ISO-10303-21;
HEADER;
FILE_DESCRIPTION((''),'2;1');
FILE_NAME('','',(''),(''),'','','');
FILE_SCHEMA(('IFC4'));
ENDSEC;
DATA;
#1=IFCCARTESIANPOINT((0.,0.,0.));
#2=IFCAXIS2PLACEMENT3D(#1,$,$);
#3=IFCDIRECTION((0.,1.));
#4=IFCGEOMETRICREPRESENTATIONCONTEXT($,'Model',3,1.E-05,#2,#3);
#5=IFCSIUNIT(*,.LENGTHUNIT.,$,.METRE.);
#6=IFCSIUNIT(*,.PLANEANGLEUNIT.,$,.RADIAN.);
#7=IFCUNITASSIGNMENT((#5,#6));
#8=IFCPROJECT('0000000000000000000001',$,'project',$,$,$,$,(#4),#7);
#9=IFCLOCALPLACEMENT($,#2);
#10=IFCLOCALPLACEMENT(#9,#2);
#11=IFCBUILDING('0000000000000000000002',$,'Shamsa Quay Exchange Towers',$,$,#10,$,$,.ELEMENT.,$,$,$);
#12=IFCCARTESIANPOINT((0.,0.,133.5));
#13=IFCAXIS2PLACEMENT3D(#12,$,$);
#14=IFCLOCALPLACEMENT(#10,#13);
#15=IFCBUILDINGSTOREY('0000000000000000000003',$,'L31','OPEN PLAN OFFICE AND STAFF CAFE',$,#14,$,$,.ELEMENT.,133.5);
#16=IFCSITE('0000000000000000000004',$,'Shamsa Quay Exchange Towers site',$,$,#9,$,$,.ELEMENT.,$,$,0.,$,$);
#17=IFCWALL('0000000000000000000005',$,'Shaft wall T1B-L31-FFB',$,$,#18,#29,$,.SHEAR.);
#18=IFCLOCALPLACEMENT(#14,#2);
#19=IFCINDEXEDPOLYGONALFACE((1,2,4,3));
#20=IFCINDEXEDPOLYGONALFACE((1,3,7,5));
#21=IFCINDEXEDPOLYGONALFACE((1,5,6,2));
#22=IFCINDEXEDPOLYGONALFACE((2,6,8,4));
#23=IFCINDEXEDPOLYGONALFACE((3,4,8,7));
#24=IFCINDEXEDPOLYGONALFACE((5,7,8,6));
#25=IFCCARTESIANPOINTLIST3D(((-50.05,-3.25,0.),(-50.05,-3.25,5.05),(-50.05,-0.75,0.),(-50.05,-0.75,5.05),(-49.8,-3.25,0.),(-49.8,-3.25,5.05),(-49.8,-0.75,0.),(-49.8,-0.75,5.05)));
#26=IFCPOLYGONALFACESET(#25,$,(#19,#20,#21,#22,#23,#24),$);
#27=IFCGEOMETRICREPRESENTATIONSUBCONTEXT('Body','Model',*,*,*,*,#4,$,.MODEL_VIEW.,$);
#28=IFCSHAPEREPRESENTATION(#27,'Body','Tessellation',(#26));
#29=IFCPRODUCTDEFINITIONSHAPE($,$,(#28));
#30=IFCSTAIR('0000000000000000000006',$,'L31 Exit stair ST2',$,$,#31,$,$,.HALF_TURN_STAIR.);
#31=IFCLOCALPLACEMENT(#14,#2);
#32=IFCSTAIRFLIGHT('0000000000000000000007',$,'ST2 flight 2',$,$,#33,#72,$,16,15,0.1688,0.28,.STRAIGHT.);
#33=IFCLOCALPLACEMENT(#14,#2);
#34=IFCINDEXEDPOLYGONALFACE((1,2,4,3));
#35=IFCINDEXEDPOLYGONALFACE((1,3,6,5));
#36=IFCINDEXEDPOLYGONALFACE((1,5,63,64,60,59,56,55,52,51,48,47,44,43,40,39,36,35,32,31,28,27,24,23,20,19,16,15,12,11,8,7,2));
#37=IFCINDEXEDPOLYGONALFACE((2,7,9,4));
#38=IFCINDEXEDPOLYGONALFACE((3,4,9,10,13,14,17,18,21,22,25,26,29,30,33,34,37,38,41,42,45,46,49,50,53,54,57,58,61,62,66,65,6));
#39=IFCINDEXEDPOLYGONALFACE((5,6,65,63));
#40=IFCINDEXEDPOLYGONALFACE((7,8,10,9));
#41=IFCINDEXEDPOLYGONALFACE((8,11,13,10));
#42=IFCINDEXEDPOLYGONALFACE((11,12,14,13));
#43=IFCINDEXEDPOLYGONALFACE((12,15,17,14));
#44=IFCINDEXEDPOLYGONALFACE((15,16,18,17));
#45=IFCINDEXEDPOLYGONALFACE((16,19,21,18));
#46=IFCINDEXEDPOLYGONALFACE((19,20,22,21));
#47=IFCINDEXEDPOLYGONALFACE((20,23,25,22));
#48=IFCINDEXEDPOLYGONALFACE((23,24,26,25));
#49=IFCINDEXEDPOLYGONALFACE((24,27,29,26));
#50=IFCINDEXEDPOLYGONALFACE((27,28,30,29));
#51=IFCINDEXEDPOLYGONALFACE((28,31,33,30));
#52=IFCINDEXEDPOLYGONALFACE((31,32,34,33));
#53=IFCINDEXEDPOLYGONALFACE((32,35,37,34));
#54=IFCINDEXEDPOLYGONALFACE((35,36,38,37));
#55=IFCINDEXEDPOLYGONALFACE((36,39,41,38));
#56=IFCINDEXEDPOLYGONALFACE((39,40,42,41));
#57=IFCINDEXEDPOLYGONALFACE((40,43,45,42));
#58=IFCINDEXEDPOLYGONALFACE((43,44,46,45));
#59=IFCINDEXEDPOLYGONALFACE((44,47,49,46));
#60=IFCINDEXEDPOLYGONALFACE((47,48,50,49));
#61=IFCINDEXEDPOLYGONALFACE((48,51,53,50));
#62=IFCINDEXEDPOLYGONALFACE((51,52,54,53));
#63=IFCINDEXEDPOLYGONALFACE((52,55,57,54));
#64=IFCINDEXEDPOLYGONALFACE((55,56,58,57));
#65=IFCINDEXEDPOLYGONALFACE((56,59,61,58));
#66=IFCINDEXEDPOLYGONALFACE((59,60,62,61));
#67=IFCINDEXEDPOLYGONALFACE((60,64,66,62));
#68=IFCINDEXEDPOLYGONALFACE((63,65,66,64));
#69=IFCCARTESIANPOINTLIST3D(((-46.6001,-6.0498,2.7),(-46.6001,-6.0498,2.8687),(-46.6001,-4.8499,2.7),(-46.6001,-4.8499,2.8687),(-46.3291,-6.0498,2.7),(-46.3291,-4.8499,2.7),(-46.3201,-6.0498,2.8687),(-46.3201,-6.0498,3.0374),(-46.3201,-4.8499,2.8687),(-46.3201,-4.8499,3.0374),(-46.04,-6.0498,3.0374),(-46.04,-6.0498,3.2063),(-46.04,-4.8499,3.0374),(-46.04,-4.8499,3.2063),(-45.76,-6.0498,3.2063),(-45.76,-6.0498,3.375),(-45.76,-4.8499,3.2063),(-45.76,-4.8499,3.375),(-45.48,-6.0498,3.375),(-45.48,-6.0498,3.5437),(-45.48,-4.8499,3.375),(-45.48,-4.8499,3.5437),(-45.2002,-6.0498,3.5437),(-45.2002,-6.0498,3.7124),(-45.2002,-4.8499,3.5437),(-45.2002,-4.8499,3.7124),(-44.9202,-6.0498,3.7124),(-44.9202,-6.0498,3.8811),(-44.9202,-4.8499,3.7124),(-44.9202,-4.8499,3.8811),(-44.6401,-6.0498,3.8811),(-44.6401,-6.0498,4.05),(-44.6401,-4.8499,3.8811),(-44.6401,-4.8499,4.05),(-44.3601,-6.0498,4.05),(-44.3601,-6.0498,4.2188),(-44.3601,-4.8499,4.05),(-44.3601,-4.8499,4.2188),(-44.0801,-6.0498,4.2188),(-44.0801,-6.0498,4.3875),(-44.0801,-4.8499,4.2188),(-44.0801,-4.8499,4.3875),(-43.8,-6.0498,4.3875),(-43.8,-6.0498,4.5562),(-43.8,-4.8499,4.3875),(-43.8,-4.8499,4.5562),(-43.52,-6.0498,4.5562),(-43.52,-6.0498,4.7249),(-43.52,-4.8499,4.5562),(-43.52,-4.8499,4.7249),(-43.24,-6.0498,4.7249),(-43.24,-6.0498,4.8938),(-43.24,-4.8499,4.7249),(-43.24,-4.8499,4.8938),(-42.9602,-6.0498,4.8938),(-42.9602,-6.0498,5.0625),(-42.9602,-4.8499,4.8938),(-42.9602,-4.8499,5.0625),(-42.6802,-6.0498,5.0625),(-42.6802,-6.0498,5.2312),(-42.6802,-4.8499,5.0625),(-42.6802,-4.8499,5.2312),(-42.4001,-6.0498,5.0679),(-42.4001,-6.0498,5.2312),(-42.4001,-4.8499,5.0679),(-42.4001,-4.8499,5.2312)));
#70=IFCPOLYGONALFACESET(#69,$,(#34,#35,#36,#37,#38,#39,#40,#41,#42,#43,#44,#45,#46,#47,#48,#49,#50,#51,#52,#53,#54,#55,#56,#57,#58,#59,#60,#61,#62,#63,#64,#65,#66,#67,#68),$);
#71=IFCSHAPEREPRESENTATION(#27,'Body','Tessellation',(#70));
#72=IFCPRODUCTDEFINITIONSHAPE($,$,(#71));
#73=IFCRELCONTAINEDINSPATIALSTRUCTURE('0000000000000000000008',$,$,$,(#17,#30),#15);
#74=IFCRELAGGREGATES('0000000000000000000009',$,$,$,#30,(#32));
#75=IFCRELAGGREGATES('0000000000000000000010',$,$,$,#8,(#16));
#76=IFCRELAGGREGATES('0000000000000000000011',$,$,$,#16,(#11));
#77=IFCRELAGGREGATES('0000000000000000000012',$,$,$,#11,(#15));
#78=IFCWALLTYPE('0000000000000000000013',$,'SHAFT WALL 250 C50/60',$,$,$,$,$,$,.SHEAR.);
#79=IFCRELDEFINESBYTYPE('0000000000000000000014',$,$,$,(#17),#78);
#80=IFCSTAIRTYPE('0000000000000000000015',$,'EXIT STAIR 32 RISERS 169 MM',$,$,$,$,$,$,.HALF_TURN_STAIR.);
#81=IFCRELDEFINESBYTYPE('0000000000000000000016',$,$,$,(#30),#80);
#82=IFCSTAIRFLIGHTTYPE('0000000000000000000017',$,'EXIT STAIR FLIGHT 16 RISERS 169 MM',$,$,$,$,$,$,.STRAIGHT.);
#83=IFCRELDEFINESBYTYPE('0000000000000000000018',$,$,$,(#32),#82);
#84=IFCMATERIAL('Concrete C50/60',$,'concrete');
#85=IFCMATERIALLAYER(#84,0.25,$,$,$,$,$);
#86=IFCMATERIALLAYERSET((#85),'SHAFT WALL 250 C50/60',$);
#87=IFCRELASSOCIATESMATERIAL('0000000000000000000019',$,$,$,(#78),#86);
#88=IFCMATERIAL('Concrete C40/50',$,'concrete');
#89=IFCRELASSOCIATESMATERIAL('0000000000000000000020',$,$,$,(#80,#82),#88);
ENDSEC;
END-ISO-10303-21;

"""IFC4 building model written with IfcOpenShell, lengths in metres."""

from ifc_helpers import new_model, si_unit, direction, frame, frame_2d, origin, place, context, subcontext, project, spatial, polyline, rectangle, outline, extrude, material, layer, layer_set, type_object, element, aggregate, save


model = new_model("IFC4")

# Units and contexts
model_context = context("Model", 3, precision=1e-05, world=origin(), true_north=direction((0.0, 1.0)))
body_context = subcontext(model_context, "Body", "Model", "MODEL_VIEW")
ifc_project = project(units=[si_unit("LENGTHUNIT", "METRE"), si_unit("PLANEANGLEUNIT", "RADIAN")], contexts=[model_context])

# Site, building, storey
site_placement = place(None, origin())
site = spatial("IfcSite", under=ifc_project, at=site_placement, Name="Shamsa Quay Exchange Towers site", CompositionType="ELEMENT", RefElevation=0.0)
building_placement = place(site_placement, origin())
building = spatial("IfcBuilding", under=site, at=building_placement, Name="Shamsa Quay Exchange Towers", CompositionType="ELEMENT")
storey_placement = place(building_placement, frame((0.0, 0.0, 133.5)))
storey = spatial("IfcBuildingStorey", under=building, at=storey_placement, Name="L31", Description="OPEN PLAN OFFICE AND STAFF CAFE", CompositionType="ELEMENT", Elevation=133.5)

# Shared definitions
ifc_material_1 = material(Name="Concrete C50/60", Category="concrete")
ifc_layer_1 = layer(ifc_material_1, 0.25)
ifc_layer_set_1 = layer_set([ifc_layer_1], Name="SHAFT WALL 250 C50/60")
wall_type_1 = type_object("IfcWallType", Name="SHAFT WALL 250 C50/60", PredefinedType="SHEAR", material=ifc_layer_set_1)

# Wall
wall_1_placement = place(storey_placement, frame((-49.925, -3.25, 0.0), z_axis=(0.0, 0.0, 1.0), x_axis=(0.0, 1.0, 0.0)))
element("IfcWall", 1, at=wall_1_placement, inside=storey, type_object=wall_type_1, Name="Shaft wall T1B-L31-FFB", PredefinedType="SHEAR", context=body_context, shape_type="SweptSolid", body=[
    extrude(rectangle(XDim=2.5, YDim=0.25, at=frame_2d((1.25, 0.0))), origin(), (0.0, 0.0, 1.0), 5.05),
])

# Stair, stair flight
ifc_material_2 = material(Name="Concrete C40/50", Category="concrete")
stair_type = type_object("IfcStairType", Name="EXIT STAIR 32 RISERS 169 MM", PredefinedType="HALF_TURN_STAIR", material=ifc_material_2)
stair_placement = place(storey_placement, origin())
stair = element("IfcStair", 2, at=stair_placement, inside=storey, type_object=stair_type, Name="L31 Exit stair ST2", PredefinedType="HALF_TURN_STAIR")
stair_flight_type = type_object("IfcStairFlightType", Name="EXIT STAIR FLIGHT 16 RISERS 169 MM", PredefinedType="STRAIGHT", material=ifc_material_2)
stair_flight_placement = place(storey_placement, frame((-46.6001, -5.45, 2.7)))
stair_flight = element("IfcStairFlight", 3, at=stair_flight_placement, type_object=stair_flight_type, Name="ST2 flight 2", NumberOfRisers=16, NumberOfTreads=15, PredefinedType="STRAIGHT", RiserHeight=0.1688, TreadLength=0.28, context=body_context, shape_type="SweptSolid", body=[
    extrude(outline(polyline([(0.0, 0.0), (0.0, 0.1687), (0.28, 0.1687), (0.28, 0.3374), (0.5601, 0.3374), (0.5601, 0.5063), (0.8401, 0.5063), (0.8401, 0.675), (1.1201, 0.675), (1.1201, 0.8438), (1.3999, 0.8438), (1.3999, 1.0125), (1.6799, 1.0125), (1.6799, 1.1812), (1.96, 1.1812), (1.96, 1.3501), (2.24, 1.3501), (2.24, 1.5188), (2.52, 1.5188), (2.52, 1.6875), (2.8, 1.6875), (2.8, 1.8562), (3.0801, 1.8562), (3.0801, 2.0249), (3.3601, 2.0249), (3.3601, 2.1938), (3.6399, 2.1938), (3.6399, 2.3625), (3.9199, 2.3625), (3.9199, 2.5312), (4.2, 2.5312), (4.2, 2.7), (4.2, 2.3679), (0.271, 0.0), (0.0, 0.0)])), frame((0.0, 0.6001, 0.0), z_axis=(0.0, -1.0, 0.0), x_axis=(1.0, 0.0, 0.0)), (0.0, 0.0, 1.0), 1.2),
])
aggregate(stair, [stair_flight])

save(model, "model.ifc")
